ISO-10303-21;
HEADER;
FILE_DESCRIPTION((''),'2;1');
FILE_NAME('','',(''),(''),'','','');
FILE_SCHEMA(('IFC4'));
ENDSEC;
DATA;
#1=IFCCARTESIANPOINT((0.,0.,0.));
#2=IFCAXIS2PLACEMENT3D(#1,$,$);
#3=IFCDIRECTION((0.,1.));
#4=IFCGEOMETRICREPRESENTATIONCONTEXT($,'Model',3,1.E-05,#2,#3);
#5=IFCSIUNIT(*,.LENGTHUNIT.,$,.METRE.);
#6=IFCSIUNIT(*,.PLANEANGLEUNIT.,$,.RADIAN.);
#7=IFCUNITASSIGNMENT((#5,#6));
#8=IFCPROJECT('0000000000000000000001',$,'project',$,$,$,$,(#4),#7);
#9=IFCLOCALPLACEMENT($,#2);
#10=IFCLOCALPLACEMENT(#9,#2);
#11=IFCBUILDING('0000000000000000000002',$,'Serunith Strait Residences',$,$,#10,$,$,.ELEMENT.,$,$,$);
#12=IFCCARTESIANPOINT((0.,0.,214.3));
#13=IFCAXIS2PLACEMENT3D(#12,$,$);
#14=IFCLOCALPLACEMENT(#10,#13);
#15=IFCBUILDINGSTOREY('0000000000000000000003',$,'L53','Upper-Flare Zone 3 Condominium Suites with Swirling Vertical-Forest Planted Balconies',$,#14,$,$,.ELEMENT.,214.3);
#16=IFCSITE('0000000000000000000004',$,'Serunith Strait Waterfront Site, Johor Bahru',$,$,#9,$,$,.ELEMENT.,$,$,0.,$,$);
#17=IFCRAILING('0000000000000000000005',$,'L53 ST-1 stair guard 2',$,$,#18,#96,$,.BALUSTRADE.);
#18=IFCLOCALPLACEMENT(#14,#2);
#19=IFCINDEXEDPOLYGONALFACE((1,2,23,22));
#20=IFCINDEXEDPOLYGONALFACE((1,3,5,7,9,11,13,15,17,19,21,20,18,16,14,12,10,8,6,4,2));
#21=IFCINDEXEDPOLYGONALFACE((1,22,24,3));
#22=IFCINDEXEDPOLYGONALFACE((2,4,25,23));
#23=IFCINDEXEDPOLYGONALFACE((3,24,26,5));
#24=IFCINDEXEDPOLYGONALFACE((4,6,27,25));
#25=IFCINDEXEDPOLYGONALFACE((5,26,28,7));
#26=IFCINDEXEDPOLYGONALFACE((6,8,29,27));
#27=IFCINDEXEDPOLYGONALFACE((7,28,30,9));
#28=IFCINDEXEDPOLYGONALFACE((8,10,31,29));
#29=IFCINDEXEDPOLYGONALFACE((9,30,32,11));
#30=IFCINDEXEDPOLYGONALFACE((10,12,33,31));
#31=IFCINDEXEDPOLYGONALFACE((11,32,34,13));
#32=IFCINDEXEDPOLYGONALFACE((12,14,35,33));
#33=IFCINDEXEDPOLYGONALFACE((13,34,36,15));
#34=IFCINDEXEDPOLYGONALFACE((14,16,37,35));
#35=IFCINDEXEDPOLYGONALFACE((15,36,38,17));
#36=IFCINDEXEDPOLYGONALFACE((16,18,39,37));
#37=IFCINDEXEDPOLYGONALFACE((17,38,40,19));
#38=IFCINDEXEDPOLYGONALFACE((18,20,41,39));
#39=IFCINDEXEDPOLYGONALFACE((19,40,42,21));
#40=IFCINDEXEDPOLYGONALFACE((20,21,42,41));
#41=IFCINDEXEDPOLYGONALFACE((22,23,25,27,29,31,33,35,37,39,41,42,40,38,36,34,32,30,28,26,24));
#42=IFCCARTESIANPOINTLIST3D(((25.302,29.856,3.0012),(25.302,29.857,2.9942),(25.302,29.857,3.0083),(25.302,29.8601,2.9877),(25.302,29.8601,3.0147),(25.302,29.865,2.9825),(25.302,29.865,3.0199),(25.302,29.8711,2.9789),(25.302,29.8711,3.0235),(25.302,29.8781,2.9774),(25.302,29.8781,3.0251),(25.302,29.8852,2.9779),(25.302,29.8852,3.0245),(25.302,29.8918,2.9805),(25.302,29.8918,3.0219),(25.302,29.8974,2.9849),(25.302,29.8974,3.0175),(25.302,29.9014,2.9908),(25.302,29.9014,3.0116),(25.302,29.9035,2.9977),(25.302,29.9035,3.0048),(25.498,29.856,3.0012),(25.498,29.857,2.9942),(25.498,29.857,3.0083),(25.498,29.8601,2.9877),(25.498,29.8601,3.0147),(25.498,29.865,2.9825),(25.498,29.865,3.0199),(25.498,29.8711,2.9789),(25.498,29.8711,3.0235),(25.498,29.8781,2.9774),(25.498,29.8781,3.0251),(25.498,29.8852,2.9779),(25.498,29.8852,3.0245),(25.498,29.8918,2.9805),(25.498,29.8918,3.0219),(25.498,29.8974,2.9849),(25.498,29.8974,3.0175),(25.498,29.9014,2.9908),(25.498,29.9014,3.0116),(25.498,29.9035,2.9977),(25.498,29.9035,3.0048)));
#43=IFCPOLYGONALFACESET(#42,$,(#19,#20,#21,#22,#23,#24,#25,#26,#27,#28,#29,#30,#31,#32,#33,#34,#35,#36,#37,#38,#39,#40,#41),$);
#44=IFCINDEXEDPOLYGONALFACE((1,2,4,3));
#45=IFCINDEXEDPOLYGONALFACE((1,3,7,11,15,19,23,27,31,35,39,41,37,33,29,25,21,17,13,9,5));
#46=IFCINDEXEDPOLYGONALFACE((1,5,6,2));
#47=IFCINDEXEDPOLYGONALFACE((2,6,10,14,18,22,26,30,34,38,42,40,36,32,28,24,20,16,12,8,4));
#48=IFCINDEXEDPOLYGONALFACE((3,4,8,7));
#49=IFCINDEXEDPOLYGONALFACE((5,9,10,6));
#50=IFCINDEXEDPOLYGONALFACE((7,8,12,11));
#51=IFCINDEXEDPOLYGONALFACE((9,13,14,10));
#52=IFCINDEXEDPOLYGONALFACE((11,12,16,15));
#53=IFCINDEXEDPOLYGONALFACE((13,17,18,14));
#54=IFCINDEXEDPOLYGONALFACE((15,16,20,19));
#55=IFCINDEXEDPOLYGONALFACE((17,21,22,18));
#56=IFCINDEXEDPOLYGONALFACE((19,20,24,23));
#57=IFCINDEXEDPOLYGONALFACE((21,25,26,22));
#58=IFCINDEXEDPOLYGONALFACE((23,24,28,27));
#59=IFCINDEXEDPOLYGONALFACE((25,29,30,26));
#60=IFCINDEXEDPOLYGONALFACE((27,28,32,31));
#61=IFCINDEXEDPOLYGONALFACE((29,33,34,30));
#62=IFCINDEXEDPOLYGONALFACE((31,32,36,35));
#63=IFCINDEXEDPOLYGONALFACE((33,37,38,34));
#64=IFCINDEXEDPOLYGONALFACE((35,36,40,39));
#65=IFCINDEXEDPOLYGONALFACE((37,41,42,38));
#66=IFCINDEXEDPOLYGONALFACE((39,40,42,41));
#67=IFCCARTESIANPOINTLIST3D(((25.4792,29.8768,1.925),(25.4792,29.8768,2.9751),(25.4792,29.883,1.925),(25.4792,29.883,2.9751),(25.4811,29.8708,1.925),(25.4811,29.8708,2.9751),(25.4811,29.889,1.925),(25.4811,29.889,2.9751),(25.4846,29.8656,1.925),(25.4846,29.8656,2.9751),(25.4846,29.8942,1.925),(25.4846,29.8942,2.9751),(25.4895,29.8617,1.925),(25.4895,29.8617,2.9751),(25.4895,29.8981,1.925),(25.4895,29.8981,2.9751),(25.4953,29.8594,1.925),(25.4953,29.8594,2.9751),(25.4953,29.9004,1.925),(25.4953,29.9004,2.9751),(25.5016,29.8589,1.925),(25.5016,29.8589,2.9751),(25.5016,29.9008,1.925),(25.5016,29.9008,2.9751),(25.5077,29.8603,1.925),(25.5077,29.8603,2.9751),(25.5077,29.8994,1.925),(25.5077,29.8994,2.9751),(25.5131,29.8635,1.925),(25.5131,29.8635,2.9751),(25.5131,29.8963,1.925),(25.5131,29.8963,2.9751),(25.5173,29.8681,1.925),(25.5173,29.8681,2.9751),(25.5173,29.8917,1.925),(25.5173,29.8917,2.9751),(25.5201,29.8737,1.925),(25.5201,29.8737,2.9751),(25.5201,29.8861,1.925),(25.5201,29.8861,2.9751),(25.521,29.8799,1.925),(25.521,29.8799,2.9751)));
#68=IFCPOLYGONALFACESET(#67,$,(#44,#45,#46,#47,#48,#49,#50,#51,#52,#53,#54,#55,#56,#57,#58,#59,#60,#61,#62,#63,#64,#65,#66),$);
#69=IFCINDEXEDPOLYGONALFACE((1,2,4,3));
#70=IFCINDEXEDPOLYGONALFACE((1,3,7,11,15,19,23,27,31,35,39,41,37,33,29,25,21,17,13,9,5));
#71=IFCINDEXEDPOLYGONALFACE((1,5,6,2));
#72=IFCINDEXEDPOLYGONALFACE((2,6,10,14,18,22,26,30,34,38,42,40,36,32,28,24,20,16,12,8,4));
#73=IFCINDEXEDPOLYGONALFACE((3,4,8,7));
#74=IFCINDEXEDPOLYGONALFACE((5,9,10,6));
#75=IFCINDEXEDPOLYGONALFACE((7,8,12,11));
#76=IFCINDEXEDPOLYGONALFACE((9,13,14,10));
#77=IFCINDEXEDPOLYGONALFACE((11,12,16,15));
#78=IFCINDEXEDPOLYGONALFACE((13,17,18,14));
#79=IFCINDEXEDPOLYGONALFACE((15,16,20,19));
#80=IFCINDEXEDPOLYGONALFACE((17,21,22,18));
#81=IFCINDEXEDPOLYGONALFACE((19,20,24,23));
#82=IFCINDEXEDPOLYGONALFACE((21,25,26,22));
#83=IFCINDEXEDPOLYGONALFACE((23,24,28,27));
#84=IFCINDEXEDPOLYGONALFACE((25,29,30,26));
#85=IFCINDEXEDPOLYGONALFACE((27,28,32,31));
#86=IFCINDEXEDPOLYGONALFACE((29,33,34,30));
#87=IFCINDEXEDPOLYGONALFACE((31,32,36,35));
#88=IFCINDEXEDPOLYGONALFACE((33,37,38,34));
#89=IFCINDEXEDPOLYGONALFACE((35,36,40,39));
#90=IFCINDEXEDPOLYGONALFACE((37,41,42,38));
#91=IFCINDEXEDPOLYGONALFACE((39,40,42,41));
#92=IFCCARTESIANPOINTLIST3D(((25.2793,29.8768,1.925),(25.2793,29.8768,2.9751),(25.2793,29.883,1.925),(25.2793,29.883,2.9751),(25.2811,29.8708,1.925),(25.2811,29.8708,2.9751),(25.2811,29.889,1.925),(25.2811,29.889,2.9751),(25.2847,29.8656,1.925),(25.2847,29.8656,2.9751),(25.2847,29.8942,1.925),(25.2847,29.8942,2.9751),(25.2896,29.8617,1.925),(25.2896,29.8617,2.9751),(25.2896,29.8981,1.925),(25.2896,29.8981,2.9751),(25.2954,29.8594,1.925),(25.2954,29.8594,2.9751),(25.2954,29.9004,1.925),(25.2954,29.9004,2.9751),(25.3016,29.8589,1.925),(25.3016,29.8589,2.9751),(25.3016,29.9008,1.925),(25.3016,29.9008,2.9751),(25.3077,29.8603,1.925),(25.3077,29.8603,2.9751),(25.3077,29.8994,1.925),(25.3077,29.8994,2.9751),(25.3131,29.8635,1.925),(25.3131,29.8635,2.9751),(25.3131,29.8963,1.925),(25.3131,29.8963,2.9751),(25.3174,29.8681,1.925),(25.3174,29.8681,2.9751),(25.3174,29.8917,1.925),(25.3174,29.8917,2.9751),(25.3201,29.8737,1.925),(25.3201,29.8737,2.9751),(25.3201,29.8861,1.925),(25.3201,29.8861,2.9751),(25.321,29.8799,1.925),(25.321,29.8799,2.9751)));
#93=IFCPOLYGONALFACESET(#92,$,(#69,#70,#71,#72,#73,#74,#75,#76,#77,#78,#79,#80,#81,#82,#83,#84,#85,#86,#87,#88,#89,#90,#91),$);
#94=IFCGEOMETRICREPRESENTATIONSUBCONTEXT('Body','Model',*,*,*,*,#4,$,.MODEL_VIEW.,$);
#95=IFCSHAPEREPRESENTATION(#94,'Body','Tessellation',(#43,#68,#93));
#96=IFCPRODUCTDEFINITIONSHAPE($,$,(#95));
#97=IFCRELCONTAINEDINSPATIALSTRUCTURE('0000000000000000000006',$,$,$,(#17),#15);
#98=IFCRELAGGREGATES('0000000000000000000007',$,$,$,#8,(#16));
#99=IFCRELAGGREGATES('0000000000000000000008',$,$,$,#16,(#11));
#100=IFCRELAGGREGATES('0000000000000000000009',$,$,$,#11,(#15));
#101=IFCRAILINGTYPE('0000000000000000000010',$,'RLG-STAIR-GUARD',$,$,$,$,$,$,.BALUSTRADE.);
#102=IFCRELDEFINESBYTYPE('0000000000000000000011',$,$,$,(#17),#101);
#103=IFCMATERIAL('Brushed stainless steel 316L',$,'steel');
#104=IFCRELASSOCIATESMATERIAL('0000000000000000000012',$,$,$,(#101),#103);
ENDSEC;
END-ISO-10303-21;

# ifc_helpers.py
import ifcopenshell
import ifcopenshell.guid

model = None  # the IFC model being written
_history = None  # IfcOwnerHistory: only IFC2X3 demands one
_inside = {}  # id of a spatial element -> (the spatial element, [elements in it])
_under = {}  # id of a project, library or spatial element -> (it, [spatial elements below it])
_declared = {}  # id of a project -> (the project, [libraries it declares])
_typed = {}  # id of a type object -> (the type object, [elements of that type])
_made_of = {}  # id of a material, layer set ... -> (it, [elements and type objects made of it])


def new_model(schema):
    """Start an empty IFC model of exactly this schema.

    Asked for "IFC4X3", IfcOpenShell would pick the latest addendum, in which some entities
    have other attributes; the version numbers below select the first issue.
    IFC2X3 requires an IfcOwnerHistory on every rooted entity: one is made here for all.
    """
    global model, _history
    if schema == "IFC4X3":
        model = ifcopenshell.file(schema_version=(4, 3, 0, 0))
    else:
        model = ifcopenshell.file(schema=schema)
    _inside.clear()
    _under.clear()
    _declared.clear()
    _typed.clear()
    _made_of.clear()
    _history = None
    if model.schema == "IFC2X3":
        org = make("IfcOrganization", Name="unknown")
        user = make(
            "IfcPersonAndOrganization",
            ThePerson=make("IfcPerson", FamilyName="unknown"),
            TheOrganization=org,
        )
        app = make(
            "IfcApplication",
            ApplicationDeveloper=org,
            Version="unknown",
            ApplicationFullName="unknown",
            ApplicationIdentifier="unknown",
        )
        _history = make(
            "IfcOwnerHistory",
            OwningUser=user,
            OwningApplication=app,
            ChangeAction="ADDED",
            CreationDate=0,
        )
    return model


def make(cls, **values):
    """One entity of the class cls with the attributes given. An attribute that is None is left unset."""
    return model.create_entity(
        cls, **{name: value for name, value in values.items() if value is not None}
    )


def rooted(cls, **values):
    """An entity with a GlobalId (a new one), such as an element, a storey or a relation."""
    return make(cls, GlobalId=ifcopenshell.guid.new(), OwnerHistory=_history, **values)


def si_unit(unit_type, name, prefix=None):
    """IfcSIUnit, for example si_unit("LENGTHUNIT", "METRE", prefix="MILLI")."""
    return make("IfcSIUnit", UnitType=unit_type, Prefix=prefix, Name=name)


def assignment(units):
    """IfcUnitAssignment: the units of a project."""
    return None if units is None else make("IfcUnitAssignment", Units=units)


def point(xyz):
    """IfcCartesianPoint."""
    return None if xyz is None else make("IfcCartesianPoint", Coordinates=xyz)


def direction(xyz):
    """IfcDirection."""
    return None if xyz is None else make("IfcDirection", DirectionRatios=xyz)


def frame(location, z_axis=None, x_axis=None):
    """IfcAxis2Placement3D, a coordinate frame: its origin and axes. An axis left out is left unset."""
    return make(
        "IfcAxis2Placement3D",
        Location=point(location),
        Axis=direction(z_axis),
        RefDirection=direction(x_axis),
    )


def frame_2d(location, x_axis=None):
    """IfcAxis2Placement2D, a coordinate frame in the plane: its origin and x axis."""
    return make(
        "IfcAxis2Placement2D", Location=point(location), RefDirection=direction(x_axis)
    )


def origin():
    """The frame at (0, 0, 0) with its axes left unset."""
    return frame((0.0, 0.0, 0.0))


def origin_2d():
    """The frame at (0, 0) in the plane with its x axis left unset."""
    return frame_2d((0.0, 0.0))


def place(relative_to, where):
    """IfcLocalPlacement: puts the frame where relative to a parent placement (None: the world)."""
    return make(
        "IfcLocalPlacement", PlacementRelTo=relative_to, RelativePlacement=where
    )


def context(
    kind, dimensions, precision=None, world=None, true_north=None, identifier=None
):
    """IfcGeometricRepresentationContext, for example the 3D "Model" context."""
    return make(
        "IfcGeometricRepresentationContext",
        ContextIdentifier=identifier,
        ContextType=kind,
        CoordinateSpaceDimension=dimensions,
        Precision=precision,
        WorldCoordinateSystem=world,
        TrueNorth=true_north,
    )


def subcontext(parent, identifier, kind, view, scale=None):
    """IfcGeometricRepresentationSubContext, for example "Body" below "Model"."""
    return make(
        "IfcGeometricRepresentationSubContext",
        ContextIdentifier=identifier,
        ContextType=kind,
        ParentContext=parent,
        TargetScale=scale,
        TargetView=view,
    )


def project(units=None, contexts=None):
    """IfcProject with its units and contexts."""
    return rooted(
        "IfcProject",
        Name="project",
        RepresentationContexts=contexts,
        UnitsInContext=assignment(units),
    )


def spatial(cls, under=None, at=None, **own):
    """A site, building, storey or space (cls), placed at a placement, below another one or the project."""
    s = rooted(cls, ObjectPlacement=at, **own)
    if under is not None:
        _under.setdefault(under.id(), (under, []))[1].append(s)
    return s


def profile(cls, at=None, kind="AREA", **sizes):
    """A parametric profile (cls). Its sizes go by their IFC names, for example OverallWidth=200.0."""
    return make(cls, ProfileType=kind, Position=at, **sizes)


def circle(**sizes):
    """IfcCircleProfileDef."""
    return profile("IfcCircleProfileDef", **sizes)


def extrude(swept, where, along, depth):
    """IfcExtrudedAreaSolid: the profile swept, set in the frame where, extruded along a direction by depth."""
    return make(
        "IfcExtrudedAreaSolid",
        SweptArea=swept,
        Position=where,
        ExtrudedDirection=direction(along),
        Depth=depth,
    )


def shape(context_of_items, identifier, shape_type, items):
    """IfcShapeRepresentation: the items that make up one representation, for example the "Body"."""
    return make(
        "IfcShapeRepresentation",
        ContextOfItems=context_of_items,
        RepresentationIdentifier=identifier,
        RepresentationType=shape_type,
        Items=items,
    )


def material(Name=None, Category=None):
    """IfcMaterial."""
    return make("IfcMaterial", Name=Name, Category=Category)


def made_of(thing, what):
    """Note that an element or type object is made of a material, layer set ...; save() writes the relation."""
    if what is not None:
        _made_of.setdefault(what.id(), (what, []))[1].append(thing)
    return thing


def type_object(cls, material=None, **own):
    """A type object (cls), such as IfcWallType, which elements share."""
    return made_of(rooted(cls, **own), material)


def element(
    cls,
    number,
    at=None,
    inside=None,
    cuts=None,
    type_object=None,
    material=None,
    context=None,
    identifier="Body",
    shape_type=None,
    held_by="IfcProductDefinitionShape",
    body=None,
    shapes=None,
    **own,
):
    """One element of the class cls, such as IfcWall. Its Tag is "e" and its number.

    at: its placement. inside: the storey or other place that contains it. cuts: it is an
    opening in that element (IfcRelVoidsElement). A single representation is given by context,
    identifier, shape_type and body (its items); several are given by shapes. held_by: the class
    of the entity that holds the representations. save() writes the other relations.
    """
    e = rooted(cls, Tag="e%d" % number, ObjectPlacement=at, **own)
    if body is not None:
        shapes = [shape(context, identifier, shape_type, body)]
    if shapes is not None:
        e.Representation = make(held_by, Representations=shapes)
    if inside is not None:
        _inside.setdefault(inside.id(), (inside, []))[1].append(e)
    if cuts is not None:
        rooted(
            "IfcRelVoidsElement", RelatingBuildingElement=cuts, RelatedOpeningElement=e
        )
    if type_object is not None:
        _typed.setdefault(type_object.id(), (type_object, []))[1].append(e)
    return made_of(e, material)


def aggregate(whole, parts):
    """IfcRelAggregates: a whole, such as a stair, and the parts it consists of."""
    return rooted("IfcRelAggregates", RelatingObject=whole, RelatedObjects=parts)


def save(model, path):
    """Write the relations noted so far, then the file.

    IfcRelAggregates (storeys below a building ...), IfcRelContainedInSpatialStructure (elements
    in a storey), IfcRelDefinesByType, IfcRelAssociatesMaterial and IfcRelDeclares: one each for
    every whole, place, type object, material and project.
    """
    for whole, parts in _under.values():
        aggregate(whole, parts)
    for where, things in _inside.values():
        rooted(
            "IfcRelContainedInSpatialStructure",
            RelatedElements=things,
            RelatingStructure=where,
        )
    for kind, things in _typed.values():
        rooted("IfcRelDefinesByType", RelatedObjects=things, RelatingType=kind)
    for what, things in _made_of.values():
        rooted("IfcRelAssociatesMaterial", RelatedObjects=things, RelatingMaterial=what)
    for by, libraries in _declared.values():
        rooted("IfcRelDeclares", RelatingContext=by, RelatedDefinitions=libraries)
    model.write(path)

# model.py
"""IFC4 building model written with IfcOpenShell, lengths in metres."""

from ifc_helpers import new_model, si_unit, direction, frame, origin, origin_2d, place, context, subcontext, project, spatial, circle, extrude, material, type_object, element, save


model = new_model("IFC4")

# Units and contexts
model_context = context("Model", 3, precision=1e-05, world=origin(), true_north=direction((0.0, 1.0)))
body_context = subcontext(model_context, "Body", "Model", "MODEL_VIEW")
ifc_project = project(units=[si_unit("LENGTHUNIT", "METRE"), si_unit("PLANEANGLEUNIT", "RADIAN")], contexts=[model_context])

# Site, building, storey
site_placement = place(None, origin())
site = spatial("IfcSite", under=ifc_project, at=site_placement, Name="Serunith Strait Waterfront Site, Johor Bahru", CompositionType="ELEMENT", RefElevation=0.0)
building_placement = place(site_placement, origin())
building = spatial("IfcBuilding", under=site, at=building_placement, Name="Serunith Strait Residences", CompositionType="ELEMENT")
storey_placement = place(building_placement, frame((0.0, 0.0, 214.3)))
storey = spatial("IfcBuildingStorey", under=building, at=storey_placement, Name="L53", Description="Upper-Flare Zone 3 Condominium Suites with Swirling Vertical-Forest Planted Balconies", CompositionType="ELEMENT", Elevation=214.3)

# Railing
ifc_material_1 = material(Name="Brushed stainless steel 316L", Category="steel")
railing_type_1 = type_object("IfcRailingType", Name="RLG-STAIR-GUARD", PredefinedType="BALUSTRADE", material=ifc_material_1)
railing_1_placement = place(storey_placement, frame((25.5, 29.8799, 1.925)))
element("IfcRailing", 1, at=railing_1_placement, inside=storey, type_object=railing_type_1, Name="L53 ST-1 stair guard 2", PredefinedType="BALUSTRADE", context=body_context, shape_type="SweptSolid", body=[
    extrude(circle(Radius=0.0239, at=origin_2d()), frame((-0.002, 0.0, 1.0762), z_axis=(-1.0, 0.0, 0.0), x_axis=(0.0, -1.0, 0.0)), (0.0, 0.0, 1.0), 0.196),
    extrude(circle(Radius=0.021, at=origin_2d()), origin(), (0.0, 0.0, 1.0), 1.05),
    extrude(circle(Radius=0.021, at=origin_2d()), frame((-0.2, 0.0, 0.0)), (0.0, 0.0, 1.0), 1.05),
])

save(model, "model.ifc")
